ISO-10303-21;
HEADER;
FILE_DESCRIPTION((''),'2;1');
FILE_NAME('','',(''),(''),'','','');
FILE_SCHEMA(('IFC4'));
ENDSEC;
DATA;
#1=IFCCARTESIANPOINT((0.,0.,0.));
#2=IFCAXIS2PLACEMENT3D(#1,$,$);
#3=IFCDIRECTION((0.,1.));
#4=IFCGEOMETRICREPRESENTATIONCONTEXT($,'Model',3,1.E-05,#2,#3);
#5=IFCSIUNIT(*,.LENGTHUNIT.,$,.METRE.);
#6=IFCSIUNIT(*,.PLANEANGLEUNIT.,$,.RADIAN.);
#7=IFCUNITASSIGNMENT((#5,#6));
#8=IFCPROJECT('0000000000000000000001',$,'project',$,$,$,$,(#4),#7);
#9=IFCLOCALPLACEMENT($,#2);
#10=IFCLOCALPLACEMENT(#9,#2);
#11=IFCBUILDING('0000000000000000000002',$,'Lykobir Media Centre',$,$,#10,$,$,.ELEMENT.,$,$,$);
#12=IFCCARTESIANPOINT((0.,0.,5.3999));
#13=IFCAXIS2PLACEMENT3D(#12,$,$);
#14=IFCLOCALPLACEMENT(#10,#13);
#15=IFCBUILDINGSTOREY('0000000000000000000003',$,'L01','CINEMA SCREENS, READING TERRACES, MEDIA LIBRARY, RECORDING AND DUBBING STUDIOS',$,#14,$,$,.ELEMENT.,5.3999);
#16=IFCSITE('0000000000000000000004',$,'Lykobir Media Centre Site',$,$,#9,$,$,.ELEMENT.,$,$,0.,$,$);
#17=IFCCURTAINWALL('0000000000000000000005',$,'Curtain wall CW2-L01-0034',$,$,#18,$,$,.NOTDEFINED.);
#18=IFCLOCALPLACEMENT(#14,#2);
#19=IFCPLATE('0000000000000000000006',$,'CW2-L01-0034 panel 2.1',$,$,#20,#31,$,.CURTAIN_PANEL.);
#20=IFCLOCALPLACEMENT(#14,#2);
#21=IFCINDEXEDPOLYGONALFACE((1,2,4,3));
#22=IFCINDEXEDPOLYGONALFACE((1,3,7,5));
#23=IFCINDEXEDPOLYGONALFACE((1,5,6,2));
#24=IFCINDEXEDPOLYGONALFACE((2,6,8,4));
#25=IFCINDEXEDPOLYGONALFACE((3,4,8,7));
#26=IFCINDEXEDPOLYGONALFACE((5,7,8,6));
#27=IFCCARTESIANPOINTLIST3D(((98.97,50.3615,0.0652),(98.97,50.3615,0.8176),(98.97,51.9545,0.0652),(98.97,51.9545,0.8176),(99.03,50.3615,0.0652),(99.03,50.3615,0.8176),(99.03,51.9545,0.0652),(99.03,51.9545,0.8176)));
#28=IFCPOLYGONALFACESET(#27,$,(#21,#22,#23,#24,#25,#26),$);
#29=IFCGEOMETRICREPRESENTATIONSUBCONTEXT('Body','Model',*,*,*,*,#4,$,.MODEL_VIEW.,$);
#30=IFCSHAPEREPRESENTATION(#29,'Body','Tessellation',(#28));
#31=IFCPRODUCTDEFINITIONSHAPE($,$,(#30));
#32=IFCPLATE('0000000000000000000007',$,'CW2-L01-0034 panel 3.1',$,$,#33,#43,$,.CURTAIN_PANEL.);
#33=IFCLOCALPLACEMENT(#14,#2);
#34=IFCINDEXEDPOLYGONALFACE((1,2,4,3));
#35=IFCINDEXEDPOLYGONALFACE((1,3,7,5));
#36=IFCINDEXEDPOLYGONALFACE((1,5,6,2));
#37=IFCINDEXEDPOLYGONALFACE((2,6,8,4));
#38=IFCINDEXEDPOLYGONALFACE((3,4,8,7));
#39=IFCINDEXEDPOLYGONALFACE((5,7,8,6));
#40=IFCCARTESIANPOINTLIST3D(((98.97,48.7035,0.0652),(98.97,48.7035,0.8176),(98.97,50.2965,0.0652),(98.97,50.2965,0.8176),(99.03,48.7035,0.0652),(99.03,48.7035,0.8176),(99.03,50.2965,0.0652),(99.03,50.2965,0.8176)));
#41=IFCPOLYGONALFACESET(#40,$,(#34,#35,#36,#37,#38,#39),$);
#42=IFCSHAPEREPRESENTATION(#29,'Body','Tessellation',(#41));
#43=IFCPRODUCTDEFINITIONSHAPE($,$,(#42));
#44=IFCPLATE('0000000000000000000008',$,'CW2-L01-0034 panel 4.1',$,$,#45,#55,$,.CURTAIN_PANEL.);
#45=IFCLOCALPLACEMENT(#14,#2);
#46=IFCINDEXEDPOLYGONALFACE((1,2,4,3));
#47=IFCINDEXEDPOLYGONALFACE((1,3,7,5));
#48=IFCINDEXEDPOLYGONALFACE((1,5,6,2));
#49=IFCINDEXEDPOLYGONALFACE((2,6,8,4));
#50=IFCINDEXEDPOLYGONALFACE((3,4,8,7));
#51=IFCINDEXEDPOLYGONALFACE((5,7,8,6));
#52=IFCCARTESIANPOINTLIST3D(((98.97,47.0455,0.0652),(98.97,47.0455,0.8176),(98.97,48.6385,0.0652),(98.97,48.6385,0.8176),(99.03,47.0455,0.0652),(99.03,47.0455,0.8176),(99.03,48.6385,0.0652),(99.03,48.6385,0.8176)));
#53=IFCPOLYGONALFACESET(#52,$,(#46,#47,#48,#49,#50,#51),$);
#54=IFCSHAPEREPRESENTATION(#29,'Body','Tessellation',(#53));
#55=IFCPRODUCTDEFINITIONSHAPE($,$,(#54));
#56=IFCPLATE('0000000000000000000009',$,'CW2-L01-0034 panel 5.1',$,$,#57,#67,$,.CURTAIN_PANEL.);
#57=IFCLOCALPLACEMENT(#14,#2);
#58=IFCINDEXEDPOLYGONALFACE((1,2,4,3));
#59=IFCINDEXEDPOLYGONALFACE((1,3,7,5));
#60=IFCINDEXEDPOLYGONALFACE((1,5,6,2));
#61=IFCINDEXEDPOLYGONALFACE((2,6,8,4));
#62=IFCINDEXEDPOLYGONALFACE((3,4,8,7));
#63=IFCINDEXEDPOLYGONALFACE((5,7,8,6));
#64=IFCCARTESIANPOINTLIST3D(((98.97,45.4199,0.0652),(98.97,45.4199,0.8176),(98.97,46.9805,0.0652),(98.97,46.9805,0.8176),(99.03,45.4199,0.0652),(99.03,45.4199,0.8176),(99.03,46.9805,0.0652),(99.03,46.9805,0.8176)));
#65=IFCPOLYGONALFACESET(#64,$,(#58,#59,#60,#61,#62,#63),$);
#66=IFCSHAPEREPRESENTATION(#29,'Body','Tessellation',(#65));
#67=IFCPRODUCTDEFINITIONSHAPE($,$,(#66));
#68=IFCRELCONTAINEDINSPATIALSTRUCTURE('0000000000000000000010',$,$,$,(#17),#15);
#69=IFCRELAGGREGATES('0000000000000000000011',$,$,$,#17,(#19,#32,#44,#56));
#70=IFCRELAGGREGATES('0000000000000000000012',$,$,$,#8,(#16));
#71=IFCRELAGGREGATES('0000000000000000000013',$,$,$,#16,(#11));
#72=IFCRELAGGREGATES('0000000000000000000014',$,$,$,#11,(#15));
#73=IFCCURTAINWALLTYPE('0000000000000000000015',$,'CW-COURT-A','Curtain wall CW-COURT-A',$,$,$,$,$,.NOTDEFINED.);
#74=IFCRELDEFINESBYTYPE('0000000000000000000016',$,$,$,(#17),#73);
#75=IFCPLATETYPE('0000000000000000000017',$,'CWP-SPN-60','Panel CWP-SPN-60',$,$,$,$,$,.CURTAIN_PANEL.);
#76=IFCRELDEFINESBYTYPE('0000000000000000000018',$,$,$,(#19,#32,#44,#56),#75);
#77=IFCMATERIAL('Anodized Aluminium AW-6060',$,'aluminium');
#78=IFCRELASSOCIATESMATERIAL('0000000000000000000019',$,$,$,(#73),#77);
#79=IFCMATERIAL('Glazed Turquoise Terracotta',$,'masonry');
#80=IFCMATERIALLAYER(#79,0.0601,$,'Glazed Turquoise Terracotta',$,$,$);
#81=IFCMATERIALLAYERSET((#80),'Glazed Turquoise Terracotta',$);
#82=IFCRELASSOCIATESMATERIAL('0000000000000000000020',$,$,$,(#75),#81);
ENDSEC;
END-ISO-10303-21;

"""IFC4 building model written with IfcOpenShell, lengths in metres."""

from ifc_helpers import new_model, si_unit, direction, frame, origin, origin_2d, place, context, subcontext, project, spatial, rectangle, extrude, material, layer, layer_set, type_object, element, aggregate, save


model = new_model("IFC4")

# Units and contexts
model_context = context("Model", 3, precision=1e-05, world=origin(), true_north=direction((0.0, 1.0)))
body_context = subcontext(model_context, "Body", "Model", "MODEL_VIEW")
ifc_project = project(units=[si_unit("LENGTHUNIT", "METRE"), si_unit("PLANEANGLEUNIT", "RADIAN")], contexts=[model_context])

# Site, building, storey
site_placement = place(None, origin())
site = spatial("IfcSite", under=ifc_project, at=site_placement, Name="Lykobir Media Centre Site", CompositionType="ELEMENT", RefElevation=0.0)
building_placement = place(site_placement, origin())
building = spatial("IfcBuilding", under=site, at=building_placement, Name="Lykobir Media Centre", CompositionType="ELEMENT")
storey_placement = place(building_placement, frame((0.0, 0.0, 5.3999)))
storey = spatial("IfcBuildingStorey", under=building, at=storey_placement, Name="L01", Description="CINEMA SCREENS, READING TERRACES, MEDIA LIBRARY, RECORDING AND DUBBING STUDIOS", CompositionType="ELEMENT", Elevation=5.3999)

# Curtain wall
ifc_material_1 = material(Name="Anodized Aluminium AW-6060", Category="aluminium")
curtain_wall_type = type_object("IfcCurtainWallType", Name="CW-COURT-A", Description="Curtain wall CW-COURT-A", PredefinedType="NOTDEFINED", material=ifc_material_1)
curtain_wall_1_placement = place(storey_placement, origin())
curtain_wall_1 = element("IfcCurtainWall", 1, at=curtain_wall_1_placement, inside=storey, type_object=curtain_wall_type, Name="Curtain wall CW2-L01-0034", PredefinedType="NOTDEFINED")

# Plates
ifc_material_2 = material(Name="Glazed Turquoise Terracotta", Category="masonry")
ifc_layer_1 = layer(ifc_material_2, 0.0601, Name="Glazed Turquoise Terracotta")
ifc_layer_set_1 = layer_set([ifc_layer_1], Name="Glazed Turquoise Terracotta")
plate_type_1 = type_object("IfcPlateType", Name="CWP-SPN-60", Description="Panel CWP-SPN-60", PredefinedType="CURTAIN_PANEL", material=ifc_layer_set_1)
plate_1_placement = place(storey_placement, frame((99.0, 51.158, 0.0652), z_axis=(0.0, 0.0, 1.0), x_axis=(0.0, -1.0, 0.0)))
plate_1 = element("IfcPlate", 2, at=plate_1_placement, type_object=plate_type_1, Name="CW2-L01-0034 panel 2.1", PredefinedType="CURTAIN_PANEL", context=body_context, shape_type="SweptSolid", body=[
    extrude(rectangle(XDim=1.593, YDim=0.0601, at=origin_2d()), origin(), (0.0, 0.0, 1.0), 0.7524),
])
plate_2_placement = place(storey_placement, frame((99.0, 49.5, 0.0652), z_axis=(0.0, 0.0, 1.0), x_axis=(0.0, -1.0, 0.0)))
plate_2 = element("IfcPlate", 3, at=plate_2_placement, type_object=plate_type_1, Name="CW2-L01-0034 panel 3.1", PredefinedType="CURTAIN_PANEL", context=body_context, shape_type="SweptSolid", body=[
    extrude(rectangle(XDim=1.593, YDim=0.0601, at=origin_2d()), origin(), (0.0, 0.0, 1.0), 0.7524),
])
plate_3_placement = place(storey_placement, frame((99.0, 47.842, 0.0652), z_axis=(0.0, 0.0, 1.0), x_axis=(0.0, -1.0, 0.0)))
plate_3 = element("IfcPlate", 4, at=plate_3_placement, type_object=plate_type_1, Name="CW2-L01-0034 panel 4.1", PredefinedType="CURTAIN_PANEL", context=body_context, shape_type="SweptSolid", body=[
    extrude(rectangle(XDim=1.593, YDim=0.0601, at=origin_2d()), origin(), (0.0, 0.0, 1.0), 0.7524),
])
plate_4_placement = place(storey_placement, frame((99.0, 46.2002, 0.0652), z_axis=(0.0, 0.0, 1.0), x_axis=(0.0, -1.0, 0.0)))
plate_4 = element("IfcPlate", 5, at=plate_4_placement, type_object=plate_type_1, Name="CW2-L01-0034 panel 5.1", PredefinedType="CURTAIN_PANEL", context=body_context, shape_type="SweptSolid", body=[
    extrude(rectangle(XDim=1.5605, YDim=0.0601, at=origin_2d()), origin(), (0.0, 0.0, 1.0), 0.7524),
])
aggregate(curtain_wall_1, [plate_1, plate_2, plate_3, plate_4])

save(model, "model.ifc")
